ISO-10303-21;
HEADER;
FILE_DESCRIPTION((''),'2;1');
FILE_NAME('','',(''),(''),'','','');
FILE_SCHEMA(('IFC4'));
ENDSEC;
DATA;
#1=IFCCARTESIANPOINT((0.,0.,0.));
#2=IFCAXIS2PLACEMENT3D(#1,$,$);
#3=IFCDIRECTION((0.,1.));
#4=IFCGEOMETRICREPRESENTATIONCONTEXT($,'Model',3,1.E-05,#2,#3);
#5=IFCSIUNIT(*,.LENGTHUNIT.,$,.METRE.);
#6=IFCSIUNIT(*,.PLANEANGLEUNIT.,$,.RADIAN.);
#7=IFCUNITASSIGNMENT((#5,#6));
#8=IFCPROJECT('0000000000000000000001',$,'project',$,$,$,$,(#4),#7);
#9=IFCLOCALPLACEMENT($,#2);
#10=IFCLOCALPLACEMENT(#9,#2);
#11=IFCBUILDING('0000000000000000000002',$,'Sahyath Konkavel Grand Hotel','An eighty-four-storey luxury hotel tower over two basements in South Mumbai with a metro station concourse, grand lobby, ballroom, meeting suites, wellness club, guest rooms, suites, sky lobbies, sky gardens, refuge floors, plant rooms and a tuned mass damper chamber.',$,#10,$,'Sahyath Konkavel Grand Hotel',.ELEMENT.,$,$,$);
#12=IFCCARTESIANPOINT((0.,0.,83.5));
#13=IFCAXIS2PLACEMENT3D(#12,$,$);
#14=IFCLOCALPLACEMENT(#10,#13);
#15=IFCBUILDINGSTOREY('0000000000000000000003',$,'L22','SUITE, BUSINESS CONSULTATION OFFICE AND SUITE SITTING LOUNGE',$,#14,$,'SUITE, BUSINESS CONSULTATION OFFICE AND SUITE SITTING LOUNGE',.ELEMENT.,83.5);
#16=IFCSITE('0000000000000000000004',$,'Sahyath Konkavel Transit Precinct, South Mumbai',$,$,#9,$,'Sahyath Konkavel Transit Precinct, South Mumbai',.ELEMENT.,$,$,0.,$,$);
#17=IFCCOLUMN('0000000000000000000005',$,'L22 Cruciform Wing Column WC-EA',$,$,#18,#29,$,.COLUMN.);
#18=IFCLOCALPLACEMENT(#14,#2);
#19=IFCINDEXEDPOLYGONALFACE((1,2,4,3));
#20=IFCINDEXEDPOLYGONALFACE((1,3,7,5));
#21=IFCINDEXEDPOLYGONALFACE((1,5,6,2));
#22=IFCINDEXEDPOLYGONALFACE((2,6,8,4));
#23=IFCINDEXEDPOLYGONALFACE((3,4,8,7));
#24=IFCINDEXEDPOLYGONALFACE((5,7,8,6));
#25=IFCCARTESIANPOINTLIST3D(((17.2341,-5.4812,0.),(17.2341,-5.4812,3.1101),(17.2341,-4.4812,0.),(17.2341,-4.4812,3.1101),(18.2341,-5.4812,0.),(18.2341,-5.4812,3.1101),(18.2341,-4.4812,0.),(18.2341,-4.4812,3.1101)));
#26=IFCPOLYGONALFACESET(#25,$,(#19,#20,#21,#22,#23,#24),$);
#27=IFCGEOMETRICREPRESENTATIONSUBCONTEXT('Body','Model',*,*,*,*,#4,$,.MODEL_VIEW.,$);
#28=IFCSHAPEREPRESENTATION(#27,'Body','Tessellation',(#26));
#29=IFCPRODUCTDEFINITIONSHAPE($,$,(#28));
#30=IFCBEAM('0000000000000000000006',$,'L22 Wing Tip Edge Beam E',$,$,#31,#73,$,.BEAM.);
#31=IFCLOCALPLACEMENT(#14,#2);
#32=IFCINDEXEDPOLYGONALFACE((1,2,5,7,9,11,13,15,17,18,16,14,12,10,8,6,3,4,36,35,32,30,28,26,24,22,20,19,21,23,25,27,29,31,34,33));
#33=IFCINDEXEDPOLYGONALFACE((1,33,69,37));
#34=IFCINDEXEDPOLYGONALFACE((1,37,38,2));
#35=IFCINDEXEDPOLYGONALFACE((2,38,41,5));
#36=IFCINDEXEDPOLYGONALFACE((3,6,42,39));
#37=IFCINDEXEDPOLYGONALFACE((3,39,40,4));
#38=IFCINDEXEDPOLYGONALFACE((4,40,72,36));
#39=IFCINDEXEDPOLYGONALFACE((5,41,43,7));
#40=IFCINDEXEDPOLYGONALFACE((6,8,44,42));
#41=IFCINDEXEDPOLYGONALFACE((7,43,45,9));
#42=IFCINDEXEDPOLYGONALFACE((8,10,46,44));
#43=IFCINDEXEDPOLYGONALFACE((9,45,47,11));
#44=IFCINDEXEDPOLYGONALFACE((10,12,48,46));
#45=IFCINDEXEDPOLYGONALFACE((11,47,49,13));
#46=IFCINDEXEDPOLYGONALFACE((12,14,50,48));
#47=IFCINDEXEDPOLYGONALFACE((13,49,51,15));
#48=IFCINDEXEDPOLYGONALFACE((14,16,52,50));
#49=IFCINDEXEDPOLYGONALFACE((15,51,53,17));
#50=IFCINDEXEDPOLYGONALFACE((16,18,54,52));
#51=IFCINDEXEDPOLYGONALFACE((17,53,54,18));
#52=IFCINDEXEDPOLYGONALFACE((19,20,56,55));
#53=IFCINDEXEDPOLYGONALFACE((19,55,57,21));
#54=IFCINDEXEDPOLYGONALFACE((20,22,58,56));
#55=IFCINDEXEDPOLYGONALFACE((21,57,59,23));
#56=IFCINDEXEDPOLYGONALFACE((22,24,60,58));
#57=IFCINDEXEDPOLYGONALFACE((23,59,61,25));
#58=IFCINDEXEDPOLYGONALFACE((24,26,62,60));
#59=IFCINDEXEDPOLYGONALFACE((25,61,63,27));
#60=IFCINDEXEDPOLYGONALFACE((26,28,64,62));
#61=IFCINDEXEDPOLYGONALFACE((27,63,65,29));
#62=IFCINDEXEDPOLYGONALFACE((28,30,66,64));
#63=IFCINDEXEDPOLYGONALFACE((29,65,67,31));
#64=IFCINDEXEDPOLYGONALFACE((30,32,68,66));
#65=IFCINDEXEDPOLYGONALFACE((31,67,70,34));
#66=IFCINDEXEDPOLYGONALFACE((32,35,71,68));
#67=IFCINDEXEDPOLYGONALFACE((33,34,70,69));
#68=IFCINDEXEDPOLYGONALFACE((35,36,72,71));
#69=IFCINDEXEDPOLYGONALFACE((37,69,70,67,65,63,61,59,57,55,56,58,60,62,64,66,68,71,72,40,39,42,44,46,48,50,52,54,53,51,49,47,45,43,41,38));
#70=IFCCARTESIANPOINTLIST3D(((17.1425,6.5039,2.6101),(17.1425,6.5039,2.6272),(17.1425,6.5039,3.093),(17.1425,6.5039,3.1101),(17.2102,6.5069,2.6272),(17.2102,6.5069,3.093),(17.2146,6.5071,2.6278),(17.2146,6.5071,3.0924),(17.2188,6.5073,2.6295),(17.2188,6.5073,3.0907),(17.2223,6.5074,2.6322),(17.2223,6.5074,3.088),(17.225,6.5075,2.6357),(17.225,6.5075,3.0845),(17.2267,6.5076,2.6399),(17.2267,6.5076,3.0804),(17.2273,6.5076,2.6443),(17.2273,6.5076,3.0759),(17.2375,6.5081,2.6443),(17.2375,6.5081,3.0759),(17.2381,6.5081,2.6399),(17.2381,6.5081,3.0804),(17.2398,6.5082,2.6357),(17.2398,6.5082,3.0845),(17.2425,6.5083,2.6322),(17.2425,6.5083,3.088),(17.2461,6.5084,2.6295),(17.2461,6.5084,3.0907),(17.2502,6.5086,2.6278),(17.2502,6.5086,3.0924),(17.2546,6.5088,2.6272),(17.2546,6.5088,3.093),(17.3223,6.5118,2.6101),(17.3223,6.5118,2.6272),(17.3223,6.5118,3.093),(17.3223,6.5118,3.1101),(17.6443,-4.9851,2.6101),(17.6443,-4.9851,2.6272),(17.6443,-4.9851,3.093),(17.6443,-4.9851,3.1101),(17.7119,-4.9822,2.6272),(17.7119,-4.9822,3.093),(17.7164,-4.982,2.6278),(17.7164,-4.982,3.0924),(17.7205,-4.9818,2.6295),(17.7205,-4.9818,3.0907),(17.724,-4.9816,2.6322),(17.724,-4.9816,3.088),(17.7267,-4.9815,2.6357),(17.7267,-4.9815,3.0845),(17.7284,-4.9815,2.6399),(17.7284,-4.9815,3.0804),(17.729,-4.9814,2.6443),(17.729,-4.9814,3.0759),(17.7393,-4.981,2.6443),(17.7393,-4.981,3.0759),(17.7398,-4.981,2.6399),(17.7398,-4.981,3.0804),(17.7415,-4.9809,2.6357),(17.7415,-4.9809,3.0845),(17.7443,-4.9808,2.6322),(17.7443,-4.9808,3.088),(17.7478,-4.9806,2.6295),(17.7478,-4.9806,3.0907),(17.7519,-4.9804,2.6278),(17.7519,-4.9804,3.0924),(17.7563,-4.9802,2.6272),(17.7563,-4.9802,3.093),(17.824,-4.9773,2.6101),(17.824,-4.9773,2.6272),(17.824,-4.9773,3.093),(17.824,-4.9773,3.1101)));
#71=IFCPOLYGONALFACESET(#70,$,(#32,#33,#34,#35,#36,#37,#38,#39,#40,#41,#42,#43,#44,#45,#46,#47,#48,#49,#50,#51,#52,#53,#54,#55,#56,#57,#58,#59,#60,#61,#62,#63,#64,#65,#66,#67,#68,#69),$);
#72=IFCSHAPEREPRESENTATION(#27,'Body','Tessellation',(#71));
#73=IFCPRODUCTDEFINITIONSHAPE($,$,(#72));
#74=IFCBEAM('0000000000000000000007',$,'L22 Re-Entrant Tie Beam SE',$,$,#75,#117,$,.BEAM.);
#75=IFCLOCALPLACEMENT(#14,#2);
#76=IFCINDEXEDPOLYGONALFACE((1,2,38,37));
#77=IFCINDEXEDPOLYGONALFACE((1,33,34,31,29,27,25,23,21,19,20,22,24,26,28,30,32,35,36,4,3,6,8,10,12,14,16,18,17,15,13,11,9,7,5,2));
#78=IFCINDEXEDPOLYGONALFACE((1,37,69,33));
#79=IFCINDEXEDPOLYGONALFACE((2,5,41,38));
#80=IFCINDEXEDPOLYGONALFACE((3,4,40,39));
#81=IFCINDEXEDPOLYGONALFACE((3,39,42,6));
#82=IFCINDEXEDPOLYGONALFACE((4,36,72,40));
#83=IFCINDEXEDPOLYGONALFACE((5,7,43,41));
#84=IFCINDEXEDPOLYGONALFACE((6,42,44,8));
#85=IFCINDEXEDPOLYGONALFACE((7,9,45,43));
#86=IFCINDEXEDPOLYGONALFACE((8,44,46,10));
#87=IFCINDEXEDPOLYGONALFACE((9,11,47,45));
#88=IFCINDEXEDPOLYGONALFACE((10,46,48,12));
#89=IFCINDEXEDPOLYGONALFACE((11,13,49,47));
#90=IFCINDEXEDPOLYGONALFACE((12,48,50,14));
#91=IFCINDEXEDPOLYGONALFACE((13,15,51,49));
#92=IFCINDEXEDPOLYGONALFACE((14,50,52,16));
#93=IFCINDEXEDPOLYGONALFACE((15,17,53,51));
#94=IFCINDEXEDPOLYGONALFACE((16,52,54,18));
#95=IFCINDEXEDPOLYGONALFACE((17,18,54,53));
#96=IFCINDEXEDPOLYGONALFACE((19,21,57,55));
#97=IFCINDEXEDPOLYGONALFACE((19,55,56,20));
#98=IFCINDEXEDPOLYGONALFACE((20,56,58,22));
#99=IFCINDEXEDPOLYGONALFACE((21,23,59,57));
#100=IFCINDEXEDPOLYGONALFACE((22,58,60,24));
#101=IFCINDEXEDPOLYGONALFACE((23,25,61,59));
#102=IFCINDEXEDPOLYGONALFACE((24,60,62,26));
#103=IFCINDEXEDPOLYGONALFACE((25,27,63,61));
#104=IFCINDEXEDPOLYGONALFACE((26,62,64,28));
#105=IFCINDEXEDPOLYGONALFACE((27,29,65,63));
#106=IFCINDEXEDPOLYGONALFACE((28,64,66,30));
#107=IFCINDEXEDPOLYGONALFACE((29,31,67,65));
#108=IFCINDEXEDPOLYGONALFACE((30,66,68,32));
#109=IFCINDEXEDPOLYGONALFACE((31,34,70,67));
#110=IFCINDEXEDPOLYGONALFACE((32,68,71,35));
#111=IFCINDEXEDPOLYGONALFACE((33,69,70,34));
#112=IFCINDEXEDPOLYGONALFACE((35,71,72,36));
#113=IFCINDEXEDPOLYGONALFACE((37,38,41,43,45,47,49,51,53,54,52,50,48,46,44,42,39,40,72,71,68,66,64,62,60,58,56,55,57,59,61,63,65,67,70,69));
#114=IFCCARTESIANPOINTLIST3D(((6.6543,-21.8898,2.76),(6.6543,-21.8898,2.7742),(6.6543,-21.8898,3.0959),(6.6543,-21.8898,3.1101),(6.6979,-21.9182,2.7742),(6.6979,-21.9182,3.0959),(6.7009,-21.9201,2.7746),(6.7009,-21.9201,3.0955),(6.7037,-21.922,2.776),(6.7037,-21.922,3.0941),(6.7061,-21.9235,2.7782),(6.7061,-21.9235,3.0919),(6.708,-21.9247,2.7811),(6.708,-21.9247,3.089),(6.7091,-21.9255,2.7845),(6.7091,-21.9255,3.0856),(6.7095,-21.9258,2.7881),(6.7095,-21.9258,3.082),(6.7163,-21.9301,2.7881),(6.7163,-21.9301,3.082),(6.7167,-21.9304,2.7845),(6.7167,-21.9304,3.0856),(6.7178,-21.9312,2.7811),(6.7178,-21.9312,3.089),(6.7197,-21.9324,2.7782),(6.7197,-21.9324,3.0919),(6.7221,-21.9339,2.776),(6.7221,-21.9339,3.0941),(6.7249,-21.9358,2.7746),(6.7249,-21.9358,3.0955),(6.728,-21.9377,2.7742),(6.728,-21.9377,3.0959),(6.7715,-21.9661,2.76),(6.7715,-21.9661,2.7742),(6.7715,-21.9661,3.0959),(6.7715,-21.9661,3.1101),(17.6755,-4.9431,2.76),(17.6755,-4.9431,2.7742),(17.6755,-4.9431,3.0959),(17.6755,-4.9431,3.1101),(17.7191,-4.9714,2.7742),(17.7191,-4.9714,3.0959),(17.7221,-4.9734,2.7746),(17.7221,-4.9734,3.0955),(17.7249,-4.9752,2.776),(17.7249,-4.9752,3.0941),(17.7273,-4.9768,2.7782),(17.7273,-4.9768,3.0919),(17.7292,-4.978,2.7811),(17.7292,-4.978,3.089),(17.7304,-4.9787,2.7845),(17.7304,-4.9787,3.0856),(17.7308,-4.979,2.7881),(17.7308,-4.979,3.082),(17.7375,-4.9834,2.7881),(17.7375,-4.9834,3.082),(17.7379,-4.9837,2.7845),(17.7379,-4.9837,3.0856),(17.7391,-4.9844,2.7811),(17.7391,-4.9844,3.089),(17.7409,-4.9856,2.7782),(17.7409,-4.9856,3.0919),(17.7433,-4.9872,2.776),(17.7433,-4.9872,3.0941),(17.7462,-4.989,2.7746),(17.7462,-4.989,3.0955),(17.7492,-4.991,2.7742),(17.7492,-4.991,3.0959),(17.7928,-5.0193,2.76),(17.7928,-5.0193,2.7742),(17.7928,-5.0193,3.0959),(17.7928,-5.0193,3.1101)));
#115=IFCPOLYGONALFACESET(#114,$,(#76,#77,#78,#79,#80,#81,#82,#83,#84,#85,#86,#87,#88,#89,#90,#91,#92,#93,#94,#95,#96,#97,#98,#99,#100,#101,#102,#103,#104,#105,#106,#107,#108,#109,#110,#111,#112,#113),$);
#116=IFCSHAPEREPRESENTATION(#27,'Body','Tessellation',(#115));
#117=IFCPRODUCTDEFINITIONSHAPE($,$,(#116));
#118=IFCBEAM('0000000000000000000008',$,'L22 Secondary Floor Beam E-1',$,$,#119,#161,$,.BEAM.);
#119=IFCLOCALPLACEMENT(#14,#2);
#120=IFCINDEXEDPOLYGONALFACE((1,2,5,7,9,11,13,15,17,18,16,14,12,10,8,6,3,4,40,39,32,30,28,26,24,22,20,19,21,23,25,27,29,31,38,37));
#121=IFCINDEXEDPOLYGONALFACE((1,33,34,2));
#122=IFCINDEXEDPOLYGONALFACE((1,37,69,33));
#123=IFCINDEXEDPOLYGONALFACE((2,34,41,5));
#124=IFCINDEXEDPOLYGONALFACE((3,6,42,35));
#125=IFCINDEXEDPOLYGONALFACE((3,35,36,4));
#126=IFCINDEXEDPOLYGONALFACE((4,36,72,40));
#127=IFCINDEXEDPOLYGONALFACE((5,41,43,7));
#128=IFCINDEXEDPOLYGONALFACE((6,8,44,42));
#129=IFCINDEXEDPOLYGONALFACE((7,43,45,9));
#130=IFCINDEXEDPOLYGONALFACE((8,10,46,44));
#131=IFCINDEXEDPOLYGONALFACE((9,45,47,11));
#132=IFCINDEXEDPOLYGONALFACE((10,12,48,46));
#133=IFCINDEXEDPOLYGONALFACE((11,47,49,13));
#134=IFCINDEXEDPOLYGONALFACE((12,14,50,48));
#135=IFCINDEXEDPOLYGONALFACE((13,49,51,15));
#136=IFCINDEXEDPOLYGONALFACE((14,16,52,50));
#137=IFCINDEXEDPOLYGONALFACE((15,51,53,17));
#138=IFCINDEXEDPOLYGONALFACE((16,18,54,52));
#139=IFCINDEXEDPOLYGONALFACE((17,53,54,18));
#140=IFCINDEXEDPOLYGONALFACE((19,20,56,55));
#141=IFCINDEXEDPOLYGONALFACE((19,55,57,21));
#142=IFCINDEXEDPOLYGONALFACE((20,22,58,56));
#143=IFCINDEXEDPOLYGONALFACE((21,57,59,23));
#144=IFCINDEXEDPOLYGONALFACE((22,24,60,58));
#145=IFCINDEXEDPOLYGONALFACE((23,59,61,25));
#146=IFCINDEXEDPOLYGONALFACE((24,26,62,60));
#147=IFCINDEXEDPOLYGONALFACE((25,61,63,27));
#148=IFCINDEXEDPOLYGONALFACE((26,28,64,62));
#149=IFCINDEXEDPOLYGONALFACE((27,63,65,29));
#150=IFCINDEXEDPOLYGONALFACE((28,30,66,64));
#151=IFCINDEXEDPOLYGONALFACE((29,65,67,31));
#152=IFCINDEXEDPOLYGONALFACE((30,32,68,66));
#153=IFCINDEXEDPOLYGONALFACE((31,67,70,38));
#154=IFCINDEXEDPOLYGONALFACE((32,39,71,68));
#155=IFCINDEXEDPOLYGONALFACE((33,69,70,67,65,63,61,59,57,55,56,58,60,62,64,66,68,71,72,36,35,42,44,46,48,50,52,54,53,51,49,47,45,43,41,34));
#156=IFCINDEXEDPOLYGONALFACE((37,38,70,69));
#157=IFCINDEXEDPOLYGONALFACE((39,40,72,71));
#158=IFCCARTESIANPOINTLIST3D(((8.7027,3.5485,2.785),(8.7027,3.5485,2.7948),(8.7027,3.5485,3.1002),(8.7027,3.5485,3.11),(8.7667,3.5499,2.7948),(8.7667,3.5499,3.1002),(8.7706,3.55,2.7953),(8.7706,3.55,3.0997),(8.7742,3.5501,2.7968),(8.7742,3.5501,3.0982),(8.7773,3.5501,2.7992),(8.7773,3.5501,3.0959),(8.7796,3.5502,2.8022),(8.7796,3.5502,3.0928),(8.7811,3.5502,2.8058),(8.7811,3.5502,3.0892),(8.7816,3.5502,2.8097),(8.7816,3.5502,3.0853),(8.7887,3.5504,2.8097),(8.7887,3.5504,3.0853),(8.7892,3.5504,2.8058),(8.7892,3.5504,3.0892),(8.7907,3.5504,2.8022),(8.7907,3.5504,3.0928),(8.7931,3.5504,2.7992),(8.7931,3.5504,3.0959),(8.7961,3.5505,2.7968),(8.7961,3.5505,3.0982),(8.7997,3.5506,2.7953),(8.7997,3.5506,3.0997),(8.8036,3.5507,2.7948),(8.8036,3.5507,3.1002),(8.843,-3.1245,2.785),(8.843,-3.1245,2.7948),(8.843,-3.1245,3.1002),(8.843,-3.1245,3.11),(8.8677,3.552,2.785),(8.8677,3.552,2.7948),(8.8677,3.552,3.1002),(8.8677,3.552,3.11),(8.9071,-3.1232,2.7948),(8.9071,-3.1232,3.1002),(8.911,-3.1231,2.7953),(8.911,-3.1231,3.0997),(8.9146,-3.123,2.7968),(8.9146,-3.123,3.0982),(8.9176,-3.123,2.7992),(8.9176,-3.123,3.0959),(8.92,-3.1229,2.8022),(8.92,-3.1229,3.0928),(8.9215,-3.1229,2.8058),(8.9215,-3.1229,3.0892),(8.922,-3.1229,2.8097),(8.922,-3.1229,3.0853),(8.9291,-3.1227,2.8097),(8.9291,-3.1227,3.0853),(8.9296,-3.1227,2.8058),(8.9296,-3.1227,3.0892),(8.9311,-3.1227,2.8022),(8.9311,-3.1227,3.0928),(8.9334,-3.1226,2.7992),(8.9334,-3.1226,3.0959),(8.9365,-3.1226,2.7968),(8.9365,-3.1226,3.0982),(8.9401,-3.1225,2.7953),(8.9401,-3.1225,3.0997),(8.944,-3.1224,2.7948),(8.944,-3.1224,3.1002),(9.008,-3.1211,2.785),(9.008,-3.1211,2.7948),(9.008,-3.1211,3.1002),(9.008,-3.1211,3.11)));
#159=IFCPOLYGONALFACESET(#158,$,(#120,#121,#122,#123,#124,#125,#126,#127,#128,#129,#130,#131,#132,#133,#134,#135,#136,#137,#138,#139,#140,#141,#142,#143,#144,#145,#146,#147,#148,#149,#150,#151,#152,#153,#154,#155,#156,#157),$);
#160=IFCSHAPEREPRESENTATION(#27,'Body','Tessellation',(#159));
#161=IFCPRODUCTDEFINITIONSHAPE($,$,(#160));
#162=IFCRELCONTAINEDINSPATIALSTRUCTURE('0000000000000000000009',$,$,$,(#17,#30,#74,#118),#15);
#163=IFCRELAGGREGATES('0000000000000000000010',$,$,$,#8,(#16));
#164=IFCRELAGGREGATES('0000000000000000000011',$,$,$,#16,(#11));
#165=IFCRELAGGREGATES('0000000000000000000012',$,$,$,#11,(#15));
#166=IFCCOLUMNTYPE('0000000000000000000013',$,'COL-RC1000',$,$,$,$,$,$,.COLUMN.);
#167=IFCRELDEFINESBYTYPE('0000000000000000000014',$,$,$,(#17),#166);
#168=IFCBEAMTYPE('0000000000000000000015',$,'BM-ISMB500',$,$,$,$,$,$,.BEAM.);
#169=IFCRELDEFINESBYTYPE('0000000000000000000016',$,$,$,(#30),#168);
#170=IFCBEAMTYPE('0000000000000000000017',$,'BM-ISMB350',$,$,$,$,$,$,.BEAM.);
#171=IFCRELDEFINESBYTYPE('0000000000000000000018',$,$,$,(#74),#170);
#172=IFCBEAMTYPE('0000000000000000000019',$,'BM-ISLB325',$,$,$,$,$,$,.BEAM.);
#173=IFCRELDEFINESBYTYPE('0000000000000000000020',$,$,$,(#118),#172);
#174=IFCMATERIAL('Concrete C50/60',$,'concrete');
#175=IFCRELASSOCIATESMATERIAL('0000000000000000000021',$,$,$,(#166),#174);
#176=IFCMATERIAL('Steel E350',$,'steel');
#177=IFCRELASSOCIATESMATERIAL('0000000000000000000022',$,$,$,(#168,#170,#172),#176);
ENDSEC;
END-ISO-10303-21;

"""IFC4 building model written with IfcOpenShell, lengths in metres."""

from ifc_helpers import new_model, si_unit, direction, frame, origin, origin_2d, place, context, subcontext, project, spatial, rectangle, i_section, extrude, source, transform, mapped, material, material_profile, profile_set, type_object, element, save


model = new_model("IFC4")

# Units and contexts
model_context = context("Model", 3, precision=1e-05, world=origin(), true_north=direction((0.0, 1.0)))
body_context = subcontext(model_context, "Body", "Model", "MODEL_VIEW")
ifc_project = project(units=[si_unit("LENGTHUNIT", "METRE"), si_unit("PLANEANGLEUNIT", "RADIAN")], contexts=[model_context])

# Site, building, storey
site_placement = place(None, origin())
site = spatial("IfcSite", under=ifc_project, at=site_placement, Name="Sahyath Konkavel Transit Precinct, South Mumbai", LongName="Sahyath Konkavel Transit Precinct, South Mumbai", CompositionType="ELEMENT", RefElevation=0.0)
building_placement = place(site_placement, origin())
building = spatial("IfcBuilding", under=site, at=building_placement, Name="Sahyath Konkavel Grand Hotel", Description="An eighty-four-storey luxury hotel tower over two basements in South Mumbai with a metro station concourse, grand lobby, ballroom, meeting suites, wellness club, guest rooms, suites, sky lobbies, sky gardens, refuge floors, plant rooms and a tuned mass damper chamber.", LongName="Sahyath Konkavel Grand Hotel", CompositionType="ELEMENT")
storey_placement = place(building_placement, frame((0.0, 0.0, 83.5)))
storey = spatial("IfcBuildingStorey", under=building, at=storey_placement, Name="L22", Description="SUITE, BUSINESS CONSULTATION OFFICE AND SUITE SITTING LOUNGE", LongName="SUITE, BUSINESS CONSULTATION OFFICE AND SUITE SITTING LOUNGE", CompositionType="ELEMENT", Elevation=83.5)

# Column
ifc_material_1 = material(Name="Concrete C50/60", Category="concrete")
ifc_material_profile_1 = material_profile(ifc_material_1, rectangle(XDim=1.0, YDim=1.0, at=origin_2d()), Name="RC 1000x1000")
ifc_profile_set_1 = profile_set([ifc_material_profile_1], Name="Concrete C50/60")
column_type = type_object("IfcColumnType", Name="COL-RC1000", PredefinedType="COLUMN", material=ifc_profile_set_1)
shared_shape_1 = source(origin(), body_context, "Body", "SweptSolid", [
    extrude(rectangle(XDim=1.0, YDim=1.0, at=origin_2d()), origin(), (0.0, 0.0, 1.0), 3.1101),
])
column_placement = place(storey_placement, frame((17.7341, -4.9812, 0.0), z_axis=(0.0, 0.0, 1.0), x_axis=(1.0, 0.0, 0.0)))
element("IfcColumn", 1, at=column_placement, inside=storey, type_object=column_type, Name="L22 Cruciform Wing Column WC-EA", PredefinedType="COLUMN", context=body_context, shape_type="MappedRepresentation", body=[
    mapped(shared_shape_1, transform((0.0, 0.0, 0.0), scale=1.0)),
])

# Beams
ifc_material_2 = material(Name="Steel E350", Category="steel")
ifc_material_profile_2 = material_profile(ifc_material_2, i_section(OverallWidth=0.1799, OverallDepth=0.5, WebThickness=0.0103, FlangeThickness=0.0171, FilletRadius=0.0171, at=origin_2d()), Name="ISMB 500")
ifc_profile_set_2 = profile_set([ifc_material_profile_2], Name="Steel E350")
beam_type_1 = type_object("IfcBeamType", Name="BM-ISMB500", PredefinedType="BEAM", material=ifc_profile_set_2)
shared_shape_2 = source(origin(), body_context, "Body", "SweptSolid", [
    extrude(i_section(OverallWidth=0.1799, OverallDepth=0.5, WebThickness=0.0103, FlangeThickness=0.0171, FilletRadius=0.0171, at=origin_2d()), origin(), (0.0, 0.0, 1.0), 11.5),
])
beam_1_placement = place(storey_placement, frame((17.7341, -4.9812, 2.8601), z_axis=(-0.043627, 0.999048, 0.0), x_axis=(-0.999048, -0.043627, 0.0)))
element("IfcBeam", 2, at=beam_1_placement, inside=storey, type_object=beam_type_1, Name="L22 Wing Tip Edge Beam E", PredefinedType="BEAM", context=body_context, shape_type="MappedRepresentation", body=[
    mapped(shared_shape_2, transform((0.0, 0.0, 0.0), scale=1.0)),
])
ifc_material_profile_3 = material_profile(ifc_material_2, i_section(OverallWidth=0.1399, OverallDepth=0.3501, WebThickness=0.0081, FlangeThickness=0.0142, FilletRadius=0.0139, at=origin_2d()), Name="ISMB 350")
ifc_profile_set_3 = profile_set([ifc_material_profile_3], Name="Steel E350")
beam_type_2 = type_object("IfcBeamType", Name="BM-ISMB350", PredefinedType="BEAM", material=ifc_profile_set_3)
shared_shape_3 = source(origin(), body_context, "Body", "SweptSolid", [
    extrude(i_section(OverallWidth=0.1399, OverallDepth=0.3501, WebThickness=0.0081, FlangeThickness=0.0142, FilletRadius=0.0139, at=origin_2d()), origin(), (0.0, 0.0, 1.0), 20.2153),
])
beam_2_placement = place(storey_placement, frame((17.7341, -4.9812, 2.9351), z_axis=(-0.545191, -0.838312, 0.0), x_axis=(0.838312, -0.545191, 0.0)))
element("IfcBeam", 3, at=beam_2_placement, inside=storey, type_object=beam_type_2, Name="L22 Re-Entrant Tie Beam SE", PredefinedType="BEAM", context=body_context, shape_type="MappedRepresentation", body=[
    mapped(shared_shape_3, transform((0.0, 0.0, 0.0), scale=1.0)),
])
ifc_material_profile_4 = material_profile(ifc_material_2, i_section(OverallWidth=0.165, OverallDepth=0.325, WebThickness=0.0071, FlangeThickness=0.0098, FilletRadius=0.0149, at=origin_2d()), Name="ISLB 325")
ifc_profile_set_4 = profile_set([ifc_material_profile_4], Name="Steel E350")
beam_type_3 = type_object("IfcBeamType", Name="BM-ISLB325", PredefinedType="BEAM", material=ifc_profile_set_4)
shared_shape_4 = source(origin(), body_context, "Body", "SweptSolid", [
    extrude(i_section(OverallWidth=0.165, OverallDepth=0.325, WebThickness=0.0071, FlangeThickness=0.0098, FilletRadius=0.0149, at=origin_2d()), origin(), (0.0, 0.0, 1.0), 6.6746),
])
beam_3_placement = place(storey_placement, frame((8.9255, -3.1228, 2.9475), z_axis=(-0.021032, 0.999779, 0.0), x_axis=(-0.999779, -0.021032, 0.0)))
element("IfcBeam", 4, at=beam_3_placement, inside=storey, type_object=beam_type_3, Name="L22 Secondary Floor Beam E-1", PredefinedType="BEAM", context=body_context, shape_type="MappedRepresentation", body=[
    mapped(shared_shape_4, transform((0.0, 0.0, 0.0), scale=1.0)),
])

save(model, "model.ifc")
